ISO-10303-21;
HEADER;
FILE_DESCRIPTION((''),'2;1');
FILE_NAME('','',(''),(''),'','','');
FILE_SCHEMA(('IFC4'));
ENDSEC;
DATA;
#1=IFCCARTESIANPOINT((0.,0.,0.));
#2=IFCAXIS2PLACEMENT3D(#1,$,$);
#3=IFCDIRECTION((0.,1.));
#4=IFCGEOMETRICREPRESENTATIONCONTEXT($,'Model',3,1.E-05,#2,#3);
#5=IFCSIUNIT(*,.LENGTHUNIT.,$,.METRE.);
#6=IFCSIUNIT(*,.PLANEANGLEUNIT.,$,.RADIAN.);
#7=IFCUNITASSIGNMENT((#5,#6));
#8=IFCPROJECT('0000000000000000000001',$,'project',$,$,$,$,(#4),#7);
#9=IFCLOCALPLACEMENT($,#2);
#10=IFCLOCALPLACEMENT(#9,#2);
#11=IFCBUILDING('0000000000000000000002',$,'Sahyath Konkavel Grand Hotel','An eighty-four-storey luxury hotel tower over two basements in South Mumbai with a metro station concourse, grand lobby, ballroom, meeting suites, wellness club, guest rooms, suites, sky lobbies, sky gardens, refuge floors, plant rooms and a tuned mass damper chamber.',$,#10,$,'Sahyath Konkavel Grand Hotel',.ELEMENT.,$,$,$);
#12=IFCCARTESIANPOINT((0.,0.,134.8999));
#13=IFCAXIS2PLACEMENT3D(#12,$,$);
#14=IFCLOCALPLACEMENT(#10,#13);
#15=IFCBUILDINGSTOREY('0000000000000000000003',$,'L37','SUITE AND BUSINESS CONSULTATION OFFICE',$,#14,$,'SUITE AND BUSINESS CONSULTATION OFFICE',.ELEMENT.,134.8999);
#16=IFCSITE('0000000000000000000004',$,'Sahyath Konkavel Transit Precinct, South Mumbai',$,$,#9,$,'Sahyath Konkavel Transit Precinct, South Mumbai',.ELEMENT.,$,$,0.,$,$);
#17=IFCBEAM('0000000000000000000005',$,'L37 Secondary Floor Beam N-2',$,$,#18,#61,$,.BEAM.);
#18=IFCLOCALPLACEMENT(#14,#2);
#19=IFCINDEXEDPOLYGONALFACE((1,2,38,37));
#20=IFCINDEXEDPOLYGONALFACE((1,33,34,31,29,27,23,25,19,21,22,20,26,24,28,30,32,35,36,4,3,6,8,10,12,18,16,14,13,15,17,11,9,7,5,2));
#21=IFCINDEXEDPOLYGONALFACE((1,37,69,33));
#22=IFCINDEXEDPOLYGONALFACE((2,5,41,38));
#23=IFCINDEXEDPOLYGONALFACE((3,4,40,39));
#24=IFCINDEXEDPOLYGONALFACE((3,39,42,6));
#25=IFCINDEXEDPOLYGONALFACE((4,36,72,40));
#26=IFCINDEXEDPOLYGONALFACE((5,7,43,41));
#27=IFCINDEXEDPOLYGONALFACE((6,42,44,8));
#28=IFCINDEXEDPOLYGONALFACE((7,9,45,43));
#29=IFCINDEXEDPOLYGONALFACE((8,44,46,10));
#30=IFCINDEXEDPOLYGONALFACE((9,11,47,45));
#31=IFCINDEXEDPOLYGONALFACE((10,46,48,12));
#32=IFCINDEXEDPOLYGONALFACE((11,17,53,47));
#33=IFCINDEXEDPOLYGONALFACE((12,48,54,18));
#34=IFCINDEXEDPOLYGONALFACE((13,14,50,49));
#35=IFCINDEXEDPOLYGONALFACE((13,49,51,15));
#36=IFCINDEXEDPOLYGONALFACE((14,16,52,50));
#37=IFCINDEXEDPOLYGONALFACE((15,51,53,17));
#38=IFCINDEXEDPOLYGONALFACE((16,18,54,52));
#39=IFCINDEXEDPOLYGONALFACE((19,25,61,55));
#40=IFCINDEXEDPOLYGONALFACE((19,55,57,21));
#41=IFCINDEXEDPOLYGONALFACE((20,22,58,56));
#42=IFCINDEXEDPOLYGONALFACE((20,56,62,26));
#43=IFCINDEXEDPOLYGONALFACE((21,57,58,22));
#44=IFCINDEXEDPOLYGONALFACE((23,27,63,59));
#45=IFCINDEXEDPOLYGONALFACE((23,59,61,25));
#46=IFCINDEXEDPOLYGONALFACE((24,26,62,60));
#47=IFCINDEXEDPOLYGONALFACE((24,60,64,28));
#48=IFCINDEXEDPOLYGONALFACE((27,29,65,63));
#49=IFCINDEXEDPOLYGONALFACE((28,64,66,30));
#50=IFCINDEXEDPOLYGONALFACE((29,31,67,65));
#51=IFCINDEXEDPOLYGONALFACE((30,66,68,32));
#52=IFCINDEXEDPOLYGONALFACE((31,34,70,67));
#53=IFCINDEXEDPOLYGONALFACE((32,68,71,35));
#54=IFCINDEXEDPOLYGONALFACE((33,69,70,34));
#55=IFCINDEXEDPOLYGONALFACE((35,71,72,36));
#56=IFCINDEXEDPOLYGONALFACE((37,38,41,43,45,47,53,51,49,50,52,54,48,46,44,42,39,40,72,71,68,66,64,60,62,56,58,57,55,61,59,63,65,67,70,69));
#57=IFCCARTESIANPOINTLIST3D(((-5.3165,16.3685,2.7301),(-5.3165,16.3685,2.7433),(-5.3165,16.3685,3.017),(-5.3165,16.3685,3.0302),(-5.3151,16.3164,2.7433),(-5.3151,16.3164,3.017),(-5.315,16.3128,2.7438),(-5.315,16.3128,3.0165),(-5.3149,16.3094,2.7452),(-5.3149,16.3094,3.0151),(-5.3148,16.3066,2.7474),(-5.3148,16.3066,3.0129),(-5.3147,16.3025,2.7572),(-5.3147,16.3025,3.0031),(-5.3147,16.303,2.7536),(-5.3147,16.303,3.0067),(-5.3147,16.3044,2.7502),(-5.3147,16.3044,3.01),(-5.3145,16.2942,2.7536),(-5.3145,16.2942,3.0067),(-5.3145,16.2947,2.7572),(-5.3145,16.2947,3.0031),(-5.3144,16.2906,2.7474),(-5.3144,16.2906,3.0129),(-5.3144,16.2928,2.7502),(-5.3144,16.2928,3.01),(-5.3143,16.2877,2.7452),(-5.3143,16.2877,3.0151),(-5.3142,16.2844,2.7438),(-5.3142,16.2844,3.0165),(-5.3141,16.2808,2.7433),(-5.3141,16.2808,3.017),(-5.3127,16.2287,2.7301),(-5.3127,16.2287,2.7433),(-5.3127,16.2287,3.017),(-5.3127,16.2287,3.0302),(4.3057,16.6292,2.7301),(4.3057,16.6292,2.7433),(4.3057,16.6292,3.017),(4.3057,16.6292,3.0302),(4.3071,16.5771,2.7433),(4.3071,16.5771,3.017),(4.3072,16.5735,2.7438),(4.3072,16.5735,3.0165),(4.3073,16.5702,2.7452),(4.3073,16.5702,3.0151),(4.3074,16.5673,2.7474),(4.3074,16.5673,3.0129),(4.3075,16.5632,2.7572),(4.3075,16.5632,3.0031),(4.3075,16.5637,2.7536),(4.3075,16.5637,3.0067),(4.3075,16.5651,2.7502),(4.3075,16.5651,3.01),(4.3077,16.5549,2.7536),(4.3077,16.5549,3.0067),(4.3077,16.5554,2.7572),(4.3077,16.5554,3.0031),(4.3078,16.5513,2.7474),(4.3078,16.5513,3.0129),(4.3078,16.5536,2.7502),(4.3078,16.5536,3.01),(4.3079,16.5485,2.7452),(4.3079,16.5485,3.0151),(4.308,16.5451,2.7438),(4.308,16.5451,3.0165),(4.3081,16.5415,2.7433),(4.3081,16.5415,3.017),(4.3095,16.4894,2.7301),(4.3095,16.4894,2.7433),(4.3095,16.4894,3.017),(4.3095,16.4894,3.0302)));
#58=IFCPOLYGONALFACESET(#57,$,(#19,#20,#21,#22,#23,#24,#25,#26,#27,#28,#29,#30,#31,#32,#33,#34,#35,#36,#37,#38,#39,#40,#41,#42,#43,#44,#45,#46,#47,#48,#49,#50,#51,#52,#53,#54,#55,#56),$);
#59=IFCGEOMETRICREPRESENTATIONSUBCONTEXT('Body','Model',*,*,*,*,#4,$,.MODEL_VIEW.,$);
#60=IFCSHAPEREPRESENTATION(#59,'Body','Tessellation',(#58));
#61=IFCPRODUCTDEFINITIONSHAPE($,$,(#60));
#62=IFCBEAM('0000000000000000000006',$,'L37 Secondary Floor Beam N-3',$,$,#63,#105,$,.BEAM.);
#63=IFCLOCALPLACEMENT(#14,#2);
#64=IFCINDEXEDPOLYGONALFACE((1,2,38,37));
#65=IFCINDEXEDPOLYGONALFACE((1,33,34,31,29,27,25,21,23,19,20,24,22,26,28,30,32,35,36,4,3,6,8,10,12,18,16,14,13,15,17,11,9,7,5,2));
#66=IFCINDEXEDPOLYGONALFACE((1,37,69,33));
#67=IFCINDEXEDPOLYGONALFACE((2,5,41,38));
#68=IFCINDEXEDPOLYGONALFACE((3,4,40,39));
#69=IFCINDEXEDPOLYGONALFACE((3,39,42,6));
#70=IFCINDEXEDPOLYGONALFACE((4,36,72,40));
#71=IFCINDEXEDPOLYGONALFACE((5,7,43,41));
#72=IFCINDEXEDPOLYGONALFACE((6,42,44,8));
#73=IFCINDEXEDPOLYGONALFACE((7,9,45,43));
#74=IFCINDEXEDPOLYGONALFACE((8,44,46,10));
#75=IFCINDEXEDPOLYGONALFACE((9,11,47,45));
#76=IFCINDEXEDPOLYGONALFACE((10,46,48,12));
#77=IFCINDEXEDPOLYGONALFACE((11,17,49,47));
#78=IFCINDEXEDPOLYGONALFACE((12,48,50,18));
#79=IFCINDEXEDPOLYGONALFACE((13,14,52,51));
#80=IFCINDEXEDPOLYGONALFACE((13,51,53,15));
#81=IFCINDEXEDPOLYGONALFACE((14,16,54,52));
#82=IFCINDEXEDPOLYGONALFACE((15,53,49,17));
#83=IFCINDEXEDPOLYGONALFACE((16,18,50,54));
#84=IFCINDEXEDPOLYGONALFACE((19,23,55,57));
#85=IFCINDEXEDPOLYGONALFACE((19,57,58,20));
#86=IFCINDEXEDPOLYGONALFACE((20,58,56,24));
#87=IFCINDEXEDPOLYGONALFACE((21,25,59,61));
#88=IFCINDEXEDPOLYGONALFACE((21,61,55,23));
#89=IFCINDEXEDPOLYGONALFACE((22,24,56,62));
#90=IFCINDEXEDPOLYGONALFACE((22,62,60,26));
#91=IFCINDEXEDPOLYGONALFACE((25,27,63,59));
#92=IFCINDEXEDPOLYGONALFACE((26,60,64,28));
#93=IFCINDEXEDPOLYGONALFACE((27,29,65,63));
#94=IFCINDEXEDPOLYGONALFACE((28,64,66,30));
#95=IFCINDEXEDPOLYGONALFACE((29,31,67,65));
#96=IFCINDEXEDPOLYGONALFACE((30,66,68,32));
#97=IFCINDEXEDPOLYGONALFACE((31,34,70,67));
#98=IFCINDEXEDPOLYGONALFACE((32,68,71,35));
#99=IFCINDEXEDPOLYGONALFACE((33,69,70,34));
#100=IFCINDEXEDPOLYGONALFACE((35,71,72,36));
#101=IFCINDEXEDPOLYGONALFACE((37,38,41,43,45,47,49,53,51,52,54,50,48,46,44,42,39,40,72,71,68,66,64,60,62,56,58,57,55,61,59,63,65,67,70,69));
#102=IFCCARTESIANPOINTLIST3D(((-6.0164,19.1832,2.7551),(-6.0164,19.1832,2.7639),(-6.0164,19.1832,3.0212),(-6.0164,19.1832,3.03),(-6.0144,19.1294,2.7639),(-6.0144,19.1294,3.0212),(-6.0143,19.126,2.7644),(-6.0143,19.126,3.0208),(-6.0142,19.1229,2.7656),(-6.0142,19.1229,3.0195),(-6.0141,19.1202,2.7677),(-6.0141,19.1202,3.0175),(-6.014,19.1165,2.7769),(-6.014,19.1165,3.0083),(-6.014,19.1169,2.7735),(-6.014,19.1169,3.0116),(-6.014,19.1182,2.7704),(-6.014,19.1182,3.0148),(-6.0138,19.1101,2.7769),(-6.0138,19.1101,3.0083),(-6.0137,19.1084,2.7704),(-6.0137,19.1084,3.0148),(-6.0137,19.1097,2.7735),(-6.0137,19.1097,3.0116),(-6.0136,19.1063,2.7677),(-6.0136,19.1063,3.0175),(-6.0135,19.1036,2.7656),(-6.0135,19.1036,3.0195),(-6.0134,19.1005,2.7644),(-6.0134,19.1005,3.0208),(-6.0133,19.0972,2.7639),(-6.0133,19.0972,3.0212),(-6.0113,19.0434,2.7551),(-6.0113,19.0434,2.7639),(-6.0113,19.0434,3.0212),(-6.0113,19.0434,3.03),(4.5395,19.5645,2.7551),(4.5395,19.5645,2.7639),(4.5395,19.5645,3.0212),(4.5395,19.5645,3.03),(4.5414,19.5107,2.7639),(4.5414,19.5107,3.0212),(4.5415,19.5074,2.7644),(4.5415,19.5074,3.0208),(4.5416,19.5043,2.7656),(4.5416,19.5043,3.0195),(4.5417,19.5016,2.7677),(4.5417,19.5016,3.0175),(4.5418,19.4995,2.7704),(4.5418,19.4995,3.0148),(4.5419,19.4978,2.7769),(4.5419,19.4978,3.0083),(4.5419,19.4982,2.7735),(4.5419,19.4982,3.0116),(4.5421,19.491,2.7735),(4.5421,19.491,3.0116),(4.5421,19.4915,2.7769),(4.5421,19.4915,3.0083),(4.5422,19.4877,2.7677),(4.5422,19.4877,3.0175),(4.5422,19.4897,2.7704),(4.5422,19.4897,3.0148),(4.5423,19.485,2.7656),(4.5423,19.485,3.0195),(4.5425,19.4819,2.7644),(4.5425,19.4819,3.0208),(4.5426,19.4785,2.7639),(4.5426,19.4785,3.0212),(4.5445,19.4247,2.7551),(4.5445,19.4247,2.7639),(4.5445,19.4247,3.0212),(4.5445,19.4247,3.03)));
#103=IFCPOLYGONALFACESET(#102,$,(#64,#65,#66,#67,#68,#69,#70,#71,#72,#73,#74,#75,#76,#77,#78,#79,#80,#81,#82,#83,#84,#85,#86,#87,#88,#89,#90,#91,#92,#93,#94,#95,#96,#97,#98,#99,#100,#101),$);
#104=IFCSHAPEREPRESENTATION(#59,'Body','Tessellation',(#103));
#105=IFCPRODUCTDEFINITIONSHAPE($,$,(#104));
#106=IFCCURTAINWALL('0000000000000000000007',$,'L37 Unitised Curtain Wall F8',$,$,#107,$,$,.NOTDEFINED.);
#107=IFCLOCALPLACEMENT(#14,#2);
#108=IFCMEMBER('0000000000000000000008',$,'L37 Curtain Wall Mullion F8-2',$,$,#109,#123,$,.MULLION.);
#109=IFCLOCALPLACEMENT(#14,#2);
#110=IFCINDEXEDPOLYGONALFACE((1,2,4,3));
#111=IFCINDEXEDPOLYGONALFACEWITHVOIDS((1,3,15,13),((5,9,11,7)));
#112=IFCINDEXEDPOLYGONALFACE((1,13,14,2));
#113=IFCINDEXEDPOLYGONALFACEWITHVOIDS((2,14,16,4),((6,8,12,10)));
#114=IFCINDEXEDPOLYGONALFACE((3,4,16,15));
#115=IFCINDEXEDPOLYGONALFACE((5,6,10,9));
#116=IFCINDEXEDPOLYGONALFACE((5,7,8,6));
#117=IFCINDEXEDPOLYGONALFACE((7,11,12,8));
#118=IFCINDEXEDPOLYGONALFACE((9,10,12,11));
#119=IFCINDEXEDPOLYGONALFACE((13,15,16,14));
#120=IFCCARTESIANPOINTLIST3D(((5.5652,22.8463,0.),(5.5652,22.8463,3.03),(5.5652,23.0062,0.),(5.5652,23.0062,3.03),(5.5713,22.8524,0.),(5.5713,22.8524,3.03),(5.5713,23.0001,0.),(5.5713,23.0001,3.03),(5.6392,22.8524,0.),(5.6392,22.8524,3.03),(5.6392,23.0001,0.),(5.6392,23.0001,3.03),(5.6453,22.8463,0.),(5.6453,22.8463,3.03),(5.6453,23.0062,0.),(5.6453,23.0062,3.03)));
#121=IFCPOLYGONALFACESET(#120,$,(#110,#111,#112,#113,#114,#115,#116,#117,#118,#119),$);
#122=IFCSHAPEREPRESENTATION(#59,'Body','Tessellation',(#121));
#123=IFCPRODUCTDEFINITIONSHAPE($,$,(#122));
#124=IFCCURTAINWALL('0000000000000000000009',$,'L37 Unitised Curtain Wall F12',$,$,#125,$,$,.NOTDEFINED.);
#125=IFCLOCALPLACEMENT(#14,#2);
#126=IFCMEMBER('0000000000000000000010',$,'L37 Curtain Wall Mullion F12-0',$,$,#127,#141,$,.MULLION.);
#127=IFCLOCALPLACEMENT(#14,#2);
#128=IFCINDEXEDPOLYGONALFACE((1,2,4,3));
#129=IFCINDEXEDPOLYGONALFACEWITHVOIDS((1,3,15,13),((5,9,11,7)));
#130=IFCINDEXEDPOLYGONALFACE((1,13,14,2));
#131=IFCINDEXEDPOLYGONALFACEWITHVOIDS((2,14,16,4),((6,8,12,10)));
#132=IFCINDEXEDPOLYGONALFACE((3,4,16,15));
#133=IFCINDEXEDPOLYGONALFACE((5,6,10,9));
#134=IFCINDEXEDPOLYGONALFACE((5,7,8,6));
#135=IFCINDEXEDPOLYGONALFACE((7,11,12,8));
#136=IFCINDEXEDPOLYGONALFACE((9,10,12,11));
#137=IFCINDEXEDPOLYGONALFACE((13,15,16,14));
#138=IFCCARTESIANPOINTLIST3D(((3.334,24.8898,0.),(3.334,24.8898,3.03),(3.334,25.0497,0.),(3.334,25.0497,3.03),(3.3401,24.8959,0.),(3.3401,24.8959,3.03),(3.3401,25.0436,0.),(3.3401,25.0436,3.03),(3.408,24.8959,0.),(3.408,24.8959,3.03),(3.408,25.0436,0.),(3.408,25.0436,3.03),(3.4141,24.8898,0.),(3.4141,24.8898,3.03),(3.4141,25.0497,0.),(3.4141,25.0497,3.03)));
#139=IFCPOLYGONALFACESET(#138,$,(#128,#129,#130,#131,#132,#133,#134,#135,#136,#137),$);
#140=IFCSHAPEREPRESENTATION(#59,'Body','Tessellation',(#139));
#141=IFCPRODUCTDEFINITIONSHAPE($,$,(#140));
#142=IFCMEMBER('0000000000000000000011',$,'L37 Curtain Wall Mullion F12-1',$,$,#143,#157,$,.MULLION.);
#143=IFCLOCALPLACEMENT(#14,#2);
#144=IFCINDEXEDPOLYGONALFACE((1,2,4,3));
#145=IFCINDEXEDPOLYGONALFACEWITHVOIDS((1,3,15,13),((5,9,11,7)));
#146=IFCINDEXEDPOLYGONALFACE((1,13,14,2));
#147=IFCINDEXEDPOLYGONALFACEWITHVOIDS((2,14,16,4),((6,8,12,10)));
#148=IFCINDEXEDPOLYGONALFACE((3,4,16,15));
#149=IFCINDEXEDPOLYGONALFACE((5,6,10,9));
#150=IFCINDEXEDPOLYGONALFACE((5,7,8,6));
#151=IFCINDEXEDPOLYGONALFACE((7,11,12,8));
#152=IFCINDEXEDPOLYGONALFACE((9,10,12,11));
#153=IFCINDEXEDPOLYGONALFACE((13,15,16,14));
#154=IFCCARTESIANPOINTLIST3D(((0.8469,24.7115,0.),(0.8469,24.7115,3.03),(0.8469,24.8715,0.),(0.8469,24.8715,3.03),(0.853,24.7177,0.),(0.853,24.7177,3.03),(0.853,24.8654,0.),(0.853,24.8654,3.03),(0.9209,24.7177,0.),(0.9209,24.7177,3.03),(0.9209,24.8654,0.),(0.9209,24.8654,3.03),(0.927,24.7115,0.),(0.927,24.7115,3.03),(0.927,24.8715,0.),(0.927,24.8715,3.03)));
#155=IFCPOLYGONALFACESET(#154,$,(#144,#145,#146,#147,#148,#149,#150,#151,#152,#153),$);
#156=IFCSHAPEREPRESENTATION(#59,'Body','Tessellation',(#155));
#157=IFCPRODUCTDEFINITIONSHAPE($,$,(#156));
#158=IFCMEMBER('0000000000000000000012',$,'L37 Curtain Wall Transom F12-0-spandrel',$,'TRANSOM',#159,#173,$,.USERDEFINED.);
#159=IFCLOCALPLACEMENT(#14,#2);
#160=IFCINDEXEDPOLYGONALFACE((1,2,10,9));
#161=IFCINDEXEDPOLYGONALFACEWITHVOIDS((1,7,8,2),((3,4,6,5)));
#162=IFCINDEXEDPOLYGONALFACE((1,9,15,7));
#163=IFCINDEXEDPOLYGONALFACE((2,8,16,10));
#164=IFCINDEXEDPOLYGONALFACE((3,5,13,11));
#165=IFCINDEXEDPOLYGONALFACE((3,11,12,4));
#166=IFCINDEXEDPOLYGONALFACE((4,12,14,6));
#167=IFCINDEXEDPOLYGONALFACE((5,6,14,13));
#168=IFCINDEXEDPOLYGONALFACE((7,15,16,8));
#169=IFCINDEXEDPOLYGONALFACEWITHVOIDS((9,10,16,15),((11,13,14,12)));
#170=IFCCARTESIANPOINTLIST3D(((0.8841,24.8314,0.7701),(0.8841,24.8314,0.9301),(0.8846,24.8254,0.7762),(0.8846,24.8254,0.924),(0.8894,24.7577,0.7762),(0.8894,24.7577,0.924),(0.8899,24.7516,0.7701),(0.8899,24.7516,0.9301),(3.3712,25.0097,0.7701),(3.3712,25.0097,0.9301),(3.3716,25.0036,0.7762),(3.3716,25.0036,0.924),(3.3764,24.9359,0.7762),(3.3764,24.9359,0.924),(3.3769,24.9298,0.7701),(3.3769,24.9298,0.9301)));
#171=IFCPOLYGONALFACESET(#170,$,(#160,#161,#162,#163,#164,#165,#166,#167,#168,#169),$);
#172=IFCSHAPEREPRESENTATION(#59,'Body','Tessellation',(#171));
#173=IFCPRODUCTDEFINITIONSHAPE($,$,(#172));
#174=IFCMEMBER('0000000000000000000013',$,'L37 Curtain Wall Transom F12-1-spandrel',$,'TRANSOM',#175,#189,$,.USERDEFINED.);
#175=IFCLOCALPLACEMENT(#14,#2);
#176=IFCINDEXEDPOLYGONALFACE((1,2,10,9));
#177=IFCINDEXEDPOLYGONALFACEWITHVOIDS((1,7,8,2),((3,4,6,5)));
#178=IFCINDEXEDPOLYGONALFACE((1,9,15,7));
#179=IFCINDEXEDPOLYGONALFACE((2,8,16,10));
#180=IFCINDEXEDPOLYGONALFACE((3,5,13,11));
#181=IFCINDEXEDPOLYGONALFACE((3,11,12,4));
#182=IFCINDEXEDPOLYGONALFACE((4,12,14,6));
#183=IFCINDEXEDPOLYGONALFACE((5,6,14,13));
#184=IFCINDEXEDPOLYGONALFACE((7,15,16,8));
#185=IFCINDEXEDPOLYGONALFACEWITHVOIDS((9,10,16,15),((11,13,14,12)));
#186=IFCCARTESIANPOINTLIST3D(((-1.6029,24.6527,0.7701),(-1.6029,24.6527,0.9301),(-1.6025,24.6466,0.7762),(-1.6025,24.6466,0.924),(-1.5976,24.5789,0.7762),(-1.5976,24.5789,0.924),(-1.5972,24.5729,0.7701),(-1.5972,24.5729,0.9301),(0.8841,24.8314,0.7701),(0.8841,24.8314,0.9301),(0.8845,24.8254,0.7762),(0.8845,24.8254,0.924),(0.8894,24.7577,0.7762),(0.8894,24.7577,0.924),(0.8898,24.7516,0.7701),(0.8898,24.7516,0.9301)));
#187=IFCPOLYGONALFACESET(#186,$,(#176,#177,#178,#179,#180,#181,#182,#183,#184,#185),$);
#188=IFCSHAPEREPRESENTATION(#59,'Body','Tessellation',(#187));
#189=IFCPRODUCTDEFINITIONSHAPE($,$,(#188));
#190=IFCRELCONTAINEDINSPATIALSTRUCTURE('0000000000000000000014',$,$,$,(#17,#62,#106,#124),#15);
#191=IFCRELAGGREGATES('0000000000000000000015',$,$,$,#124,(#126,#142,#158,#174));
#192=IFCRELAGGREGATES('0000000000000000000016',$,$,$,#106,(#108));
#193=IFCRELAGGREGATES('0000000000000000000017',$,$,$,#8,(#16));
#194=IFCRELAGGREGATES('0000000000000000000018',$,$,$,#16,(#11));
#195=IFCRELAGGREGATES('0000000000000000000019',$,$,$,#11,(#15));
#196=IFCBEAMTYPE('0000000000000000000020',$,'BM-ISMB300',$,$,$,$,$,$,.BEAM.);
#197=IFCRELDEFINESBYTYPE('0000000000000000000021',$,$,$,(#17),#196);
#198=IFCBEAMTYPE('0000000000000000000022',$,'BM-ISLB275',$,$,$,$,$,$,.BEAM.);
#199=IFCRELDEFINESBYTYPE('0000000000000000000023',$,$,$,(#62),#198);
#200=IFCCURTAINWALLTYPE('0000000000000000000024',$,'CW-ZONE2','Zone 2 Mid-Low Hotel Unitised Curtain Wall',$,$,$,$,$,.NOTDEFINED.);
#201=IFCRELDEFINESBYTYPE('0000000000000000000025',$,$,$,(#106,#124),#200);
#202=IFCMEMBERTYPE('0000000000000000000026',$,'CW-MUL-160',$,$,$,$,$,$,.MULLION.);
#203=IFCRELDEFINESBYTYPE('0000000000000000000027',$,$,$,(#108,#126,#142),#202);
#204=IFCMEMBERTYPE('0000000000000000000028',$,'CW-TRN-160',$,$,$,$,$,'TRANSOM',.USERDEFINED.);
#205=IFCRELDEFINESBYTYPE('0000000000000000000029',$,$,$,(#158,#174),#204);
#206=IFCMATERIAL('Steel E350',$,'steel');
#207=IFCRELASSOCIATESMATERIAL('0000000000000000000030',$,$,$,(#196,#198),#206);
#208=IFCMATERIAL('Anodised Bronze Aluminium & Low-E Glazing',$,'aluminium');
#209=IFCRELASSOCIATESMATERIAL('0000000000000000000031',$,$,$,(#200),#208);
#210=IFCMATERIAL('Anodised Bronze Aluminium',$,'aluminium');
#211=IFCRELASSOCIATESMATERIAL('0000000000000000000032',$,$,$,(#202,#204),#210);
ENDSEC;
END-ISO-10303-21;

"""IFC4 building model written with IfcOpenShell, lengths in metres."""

from ifc_helpers import new_model, si_unit, direction, frame, origin, origin_2d, place, context, subcontext, project, spatial, hollow_rectangle, i_section, extrude, source, transform, mapped, material, material_profile, profile_set, type_object, element, aggregate, save


model = new_model("IFC4")

# Units and contexts
model_context = context("Model", 3, precision=1e-05, world=origin(), true_north=direction((0.0, 1.0)))
body_context = subcontext(model_context, "Body", "Model", "MODEL_VIEW")
ifc_project = project(units=[si_unit("LENGTHUNIT", "METRE"), si_unit("PLANEANGLEUNIT", "RADIAN")], contexts=[model_context])

# Site, building, storey
site_placement = place(None, origin())
site = spatial("IfcSite", under=ifc_project, at=site_placement, Name="Sahyath Konkavel Transit Precinct, South Mumbai", LongName="Sahyath Konkavel Transit Precinct, South Mumbai", CompositionType="ELEMENT", RefElevation=0.0)
building_placement = place(site_placement, origin())
building = spatial("IfcBuilding", under=site, at=building_placement, Name="Sahyath Konkavel Grand Hotel", Description="An eighty-four-storey luxury hotel tower over two basements in South Mumbai with a metro station concourse, grand lobby, ballroom, meeting suites, wellness club, guest rooms, suites, sky lobbies, sky gardens, refuge floors, plant rooms and a tuned mass damper chamber.", LongName="Sahyath Konkavel Grand Hotel", CompositionType="ELEMENT")
storey_placement = place(building_placement, frame((0.0, 0.0, 134.8999)))
storey = spatial("IfcBuildingStorey", under=building, at=storey_placement, Name="L37", Description="SUITE AND BUSINESS CONSULTATION OFFICE", LongName="SUITE AND BUSINESS CONSULTATION OFFICE", CompositionType="ELEMENT", Elevation=134.8999)

# Beams
ifc_material_1 = material(Name="Steel E350", Category="steel")
ifc_material_profile_1 = material_profile(ifc_material_1, i_section(OverallWidth=0.1399, OverallDepth=0.3, WebThickness=0.0078, FlangeThickness=0.0132, FilletRadius=0.0139, at=origin_2d()), Name="ISMB 300")
ifc_profile_set_1 = profile_set([ifc_material_profile_1], Name="Steel E350")
beam_type_1 = type_object("IfcBeamType", Name="BM-ISMB300", PredefinedType="BEAM", material=ifc_profile_set_1)
shared_shape_1 = source(origin(), body_context, "Body", "SweptSolid", [
    extrude(i_section(OverallWidth=0.1399, OverallDepth=0.3, WebThickness=0.0078, FlangeThickness=0.0132, FilletRadius=0.0139, at=origin_2d()), origin(), (0.0, 0.0, 1.0), 9.6257),
])
beam_1_placement = place(storey_placement, frame((4.3076, 16.5593, 2.8801), z_axis=(-0.999633, -0.027088, 0.0), x_axis=(0.027088, -0.999633, 0.0)))
element("IfcBeam", 1, at=beam_1_placement, inside=storey, type_object=beam_type_1, Name="L37 Secondary Floor Beam N-2", PredefinedType="BEAM", context=body_context, shape_type="MappedRepresentation", body=[
    mapped(shared_shape_1, transform((0.0, 0.0, 0.0), scale=1.0)),
])
ifc_material_profile_2 = material_profile(ifc_material_1, i_section(OverallWidth=0.1399, OverallDepth=0.2749, WebThickness=0.0063, FlangeThickness=0.0088, FilletRadius=0.0129, at=origin_2d()), Name="ISLB 275")
ifc_profile_set_2 = profile_set([ifc_material_profile_2], Name="Steel E350")
beam_type_2 = type_object("IfcBeamType", Name="BM-ISLB275", PredefinedType="BEAM", material=ifc_profile_set_2)
shared_shape_2 = source(origin(), body_context, "Body", "SweptSolid", [
    extrude(i_section(OverallWidth=0.1399, OverallDepth=0.2749, WebThickness=0.0063, FlangeThickness=0.0088, FilletRadius=0.0129, at=origin_2d()), origin(), (0.0, 0.0, 1.0), 10.5627),
])
beam_2_placement = place(storey_placement, frame((4.542, 19.4946, 2.8926), z_axis=(-0.999348, -0.036103, 0.0), x_axis=(0.036103, -0.999348, 0.0)))
element("IfcBeam", 2, at=beam_2_placement, inside=storey, type_object=beam_type_2, Name="L37 Secondary Floor Beam N-3", PredefinedType="BEAM", context=body_context, shape_type="MappedRepresentation", body=[
    mapped(shared_shape_2, transform((0.0, 0.0, 0.0), scale=1.0)),
])

# Curtain wall, member
ifc_material_2 = material(Name="Anodised Bronze Aluminium & Low-E Glazing", Category="aluminium")
curtain_wall_type = type_object("IfcCurtainWallType", Name="CW-ZONE2", Description="Zone 2 Mid-Low Hotel Unitised Curtain Wall", PredefinedType="NOTDEFINED", material=ifc_material_2)
curtain_wall_1_placement = place(storey_placement, origin())
curtain_wall_1 = element("IfcCurtainWall", 3, at=curtain_wall_1_placement, inside=storey, type_object=curtain_wall_type, Name="L37 Unitised Curtain Wall F8", PredefinedType="NOTDEFINED")
ifc_material_3 = material(Name="Anodised Bronze Aluminium", Category="aluminium")
ifc_material_profile_3 = material_profile(ifc_material_3, hollow_rectangle(XDim=0.0801, YDim=0.1599, WallThickness=0.0061, at=origin_2d()), Name="RHS 160x80x6")
ifc_profile_set_3 = profile_set([ifc_material_profile_3], Name="Anodised Bronze Aluminium")
member_type_1 = type_object("IfcMemberType", Name="CW-MUL-160", PredefinedType="MULLION", material=ifc_profile_set_3)
shared_shape_3 = source(origin(), body_context, "Body", "SweptSolid", [
    extrude(hollow_rectangle(XDim=0.0801, YDim=0.1599, WallThickness=0.0061, at=origin_2d()), origin(), (0.0, 0.0, 1.0), 3.03),
])
member_1_placement = place(storey_placement, frame((5.6052, 22.9263, 0.0), z_axis=(0.0, 0.0, 1.0), x_axis=(1.0, 0.0, 0.0)))
member_1 = element("IfcMember", 4, at=member_1_placement, type_object=member_type_1, Name="L37 Curtain Wall Mullion F8-2", PredefinedType="MULLION", context=body_context, shape_type="MappedRepresentation", body=[
    mapped(shared_shape_3, transform((0.0, 0.0, 0.0), scale=1.0)),
])

# Curtain wall, members
curtain_wall_2_placement = place(storey_placement, origin())
curtain_wall_2 = element("IfcCurtainWall", 5, at=curtain_wall_2_placement, inside=storey, type_object=curtain_wall_type, Name="L37 Unitised Curtain Wall F12", PredefinedType="NOTDEFINED")
member_2_placement = place(storey_placement, frame((3.374, 24.9697, 0.0), z_axis=(0.0, 0.0, 1.0), x_axis=(1.0, 0.0, 0.0)))
member_2 = element("IfcMember", 6, at=member_2_placement, type_object=member_type_1, Name="L37 Curtain Wall Mullion F12-0", PredefinedType="MULLION", context=body_context, shape_type="MappedRepresentation", body=[
    mapped(shared_shape_3, transform((0.0, 0.0, 0.0), scale=1.0)),
])
member_3_placement = place(storey_placement, frame((0.887, 24.7915, 0.0), z_axis=(0.0, 0.0, 1.0), x_axis=(1.0, 0.0, 0.0)))
member_3 = element("IfcMember", 7, at=member_3_placement, type_object=member_type_1, Name="L37 Curtain Wall Mullion F12-1", PredefinedType="MULLION", context=body_context, shape_type="MappedRepresentation", body=[
    mapped(shared_shape_3, transform((0.0, 0.0, 0.0), scale=1.0)),
])
ifc_material_profile_4 = material_profile(ifc_material_3, hollow_rectangle(XDim=0.0801, YDim=0.1599, WallThickness=0.0061, at=origin_2d()), Name="RHS 160x80x6")
ifc_profile_set_4 = profile_set([ifc_material_profile_4], Name="Anodised Bronze Aluminium")
member_type_2 = type_object("IfcMemberType", Name="CW-TRN-160", ElementType="TRANSOM", PredefinedType="USERDEFINED", material=ifc_profile_set_4)
shared_shape_4 = source(origin(), body_context, "Body", "SweptSolid", [
    extrude(hollow_rectangle(XDim=0.0801, YDim=0.1599, WallThickness=0.0061, at=origin_2d()), origin(), (0.0, 0.0, 1.0), 2.4934),
])
member_4_placement = place(storey_placement, frame((3.374, 24.9697, 0.8501), z_axis=(-0.997442, -0.071477, 0.0), x_axis=(0.071477, -0.997442, 0.0)))
member_4 = element("IfcMember", 8, at=member_4_placement, type_object=member_type_2, Name="L37 Curtain Wall Transom F12-0-spandrel", ObjectType="TRANSOM", PredefinedType="USERDEFINED", context=body_context, shape_type="MappedRepresentation", body=[
    mapped(shared_shape_4, transform((0.0, 0.0, 0.0), scale=1.0)),
])
member_5_placement = place(storey_placement, frame((0.887, 24.7915, 0.8501), z_axis=(-0.997428, -0.071671, 0.0), x_axis=(0.071671, -0.997428, 0.0)))
member_5 = element("IfcMember", 9, at=member_5_placement, type_object=member_type_2, Name="L37 Curtain Wall Transom F12-1-spandrel", ObjectType="TRANSOM", PredefinedType="USERDEFINED", context=body_context, shape_type="MappedRepresentation", body=[
    mapped(shared_shape_4, transform((0.0, 0.0, 0.0), scale=1.0)),
])

aggregate(curtain_wall_2, [member_2, member_3, member_4, member_5])
aggregate(curtain_wall_1, [member_1])

save(model, "model.ifc")
